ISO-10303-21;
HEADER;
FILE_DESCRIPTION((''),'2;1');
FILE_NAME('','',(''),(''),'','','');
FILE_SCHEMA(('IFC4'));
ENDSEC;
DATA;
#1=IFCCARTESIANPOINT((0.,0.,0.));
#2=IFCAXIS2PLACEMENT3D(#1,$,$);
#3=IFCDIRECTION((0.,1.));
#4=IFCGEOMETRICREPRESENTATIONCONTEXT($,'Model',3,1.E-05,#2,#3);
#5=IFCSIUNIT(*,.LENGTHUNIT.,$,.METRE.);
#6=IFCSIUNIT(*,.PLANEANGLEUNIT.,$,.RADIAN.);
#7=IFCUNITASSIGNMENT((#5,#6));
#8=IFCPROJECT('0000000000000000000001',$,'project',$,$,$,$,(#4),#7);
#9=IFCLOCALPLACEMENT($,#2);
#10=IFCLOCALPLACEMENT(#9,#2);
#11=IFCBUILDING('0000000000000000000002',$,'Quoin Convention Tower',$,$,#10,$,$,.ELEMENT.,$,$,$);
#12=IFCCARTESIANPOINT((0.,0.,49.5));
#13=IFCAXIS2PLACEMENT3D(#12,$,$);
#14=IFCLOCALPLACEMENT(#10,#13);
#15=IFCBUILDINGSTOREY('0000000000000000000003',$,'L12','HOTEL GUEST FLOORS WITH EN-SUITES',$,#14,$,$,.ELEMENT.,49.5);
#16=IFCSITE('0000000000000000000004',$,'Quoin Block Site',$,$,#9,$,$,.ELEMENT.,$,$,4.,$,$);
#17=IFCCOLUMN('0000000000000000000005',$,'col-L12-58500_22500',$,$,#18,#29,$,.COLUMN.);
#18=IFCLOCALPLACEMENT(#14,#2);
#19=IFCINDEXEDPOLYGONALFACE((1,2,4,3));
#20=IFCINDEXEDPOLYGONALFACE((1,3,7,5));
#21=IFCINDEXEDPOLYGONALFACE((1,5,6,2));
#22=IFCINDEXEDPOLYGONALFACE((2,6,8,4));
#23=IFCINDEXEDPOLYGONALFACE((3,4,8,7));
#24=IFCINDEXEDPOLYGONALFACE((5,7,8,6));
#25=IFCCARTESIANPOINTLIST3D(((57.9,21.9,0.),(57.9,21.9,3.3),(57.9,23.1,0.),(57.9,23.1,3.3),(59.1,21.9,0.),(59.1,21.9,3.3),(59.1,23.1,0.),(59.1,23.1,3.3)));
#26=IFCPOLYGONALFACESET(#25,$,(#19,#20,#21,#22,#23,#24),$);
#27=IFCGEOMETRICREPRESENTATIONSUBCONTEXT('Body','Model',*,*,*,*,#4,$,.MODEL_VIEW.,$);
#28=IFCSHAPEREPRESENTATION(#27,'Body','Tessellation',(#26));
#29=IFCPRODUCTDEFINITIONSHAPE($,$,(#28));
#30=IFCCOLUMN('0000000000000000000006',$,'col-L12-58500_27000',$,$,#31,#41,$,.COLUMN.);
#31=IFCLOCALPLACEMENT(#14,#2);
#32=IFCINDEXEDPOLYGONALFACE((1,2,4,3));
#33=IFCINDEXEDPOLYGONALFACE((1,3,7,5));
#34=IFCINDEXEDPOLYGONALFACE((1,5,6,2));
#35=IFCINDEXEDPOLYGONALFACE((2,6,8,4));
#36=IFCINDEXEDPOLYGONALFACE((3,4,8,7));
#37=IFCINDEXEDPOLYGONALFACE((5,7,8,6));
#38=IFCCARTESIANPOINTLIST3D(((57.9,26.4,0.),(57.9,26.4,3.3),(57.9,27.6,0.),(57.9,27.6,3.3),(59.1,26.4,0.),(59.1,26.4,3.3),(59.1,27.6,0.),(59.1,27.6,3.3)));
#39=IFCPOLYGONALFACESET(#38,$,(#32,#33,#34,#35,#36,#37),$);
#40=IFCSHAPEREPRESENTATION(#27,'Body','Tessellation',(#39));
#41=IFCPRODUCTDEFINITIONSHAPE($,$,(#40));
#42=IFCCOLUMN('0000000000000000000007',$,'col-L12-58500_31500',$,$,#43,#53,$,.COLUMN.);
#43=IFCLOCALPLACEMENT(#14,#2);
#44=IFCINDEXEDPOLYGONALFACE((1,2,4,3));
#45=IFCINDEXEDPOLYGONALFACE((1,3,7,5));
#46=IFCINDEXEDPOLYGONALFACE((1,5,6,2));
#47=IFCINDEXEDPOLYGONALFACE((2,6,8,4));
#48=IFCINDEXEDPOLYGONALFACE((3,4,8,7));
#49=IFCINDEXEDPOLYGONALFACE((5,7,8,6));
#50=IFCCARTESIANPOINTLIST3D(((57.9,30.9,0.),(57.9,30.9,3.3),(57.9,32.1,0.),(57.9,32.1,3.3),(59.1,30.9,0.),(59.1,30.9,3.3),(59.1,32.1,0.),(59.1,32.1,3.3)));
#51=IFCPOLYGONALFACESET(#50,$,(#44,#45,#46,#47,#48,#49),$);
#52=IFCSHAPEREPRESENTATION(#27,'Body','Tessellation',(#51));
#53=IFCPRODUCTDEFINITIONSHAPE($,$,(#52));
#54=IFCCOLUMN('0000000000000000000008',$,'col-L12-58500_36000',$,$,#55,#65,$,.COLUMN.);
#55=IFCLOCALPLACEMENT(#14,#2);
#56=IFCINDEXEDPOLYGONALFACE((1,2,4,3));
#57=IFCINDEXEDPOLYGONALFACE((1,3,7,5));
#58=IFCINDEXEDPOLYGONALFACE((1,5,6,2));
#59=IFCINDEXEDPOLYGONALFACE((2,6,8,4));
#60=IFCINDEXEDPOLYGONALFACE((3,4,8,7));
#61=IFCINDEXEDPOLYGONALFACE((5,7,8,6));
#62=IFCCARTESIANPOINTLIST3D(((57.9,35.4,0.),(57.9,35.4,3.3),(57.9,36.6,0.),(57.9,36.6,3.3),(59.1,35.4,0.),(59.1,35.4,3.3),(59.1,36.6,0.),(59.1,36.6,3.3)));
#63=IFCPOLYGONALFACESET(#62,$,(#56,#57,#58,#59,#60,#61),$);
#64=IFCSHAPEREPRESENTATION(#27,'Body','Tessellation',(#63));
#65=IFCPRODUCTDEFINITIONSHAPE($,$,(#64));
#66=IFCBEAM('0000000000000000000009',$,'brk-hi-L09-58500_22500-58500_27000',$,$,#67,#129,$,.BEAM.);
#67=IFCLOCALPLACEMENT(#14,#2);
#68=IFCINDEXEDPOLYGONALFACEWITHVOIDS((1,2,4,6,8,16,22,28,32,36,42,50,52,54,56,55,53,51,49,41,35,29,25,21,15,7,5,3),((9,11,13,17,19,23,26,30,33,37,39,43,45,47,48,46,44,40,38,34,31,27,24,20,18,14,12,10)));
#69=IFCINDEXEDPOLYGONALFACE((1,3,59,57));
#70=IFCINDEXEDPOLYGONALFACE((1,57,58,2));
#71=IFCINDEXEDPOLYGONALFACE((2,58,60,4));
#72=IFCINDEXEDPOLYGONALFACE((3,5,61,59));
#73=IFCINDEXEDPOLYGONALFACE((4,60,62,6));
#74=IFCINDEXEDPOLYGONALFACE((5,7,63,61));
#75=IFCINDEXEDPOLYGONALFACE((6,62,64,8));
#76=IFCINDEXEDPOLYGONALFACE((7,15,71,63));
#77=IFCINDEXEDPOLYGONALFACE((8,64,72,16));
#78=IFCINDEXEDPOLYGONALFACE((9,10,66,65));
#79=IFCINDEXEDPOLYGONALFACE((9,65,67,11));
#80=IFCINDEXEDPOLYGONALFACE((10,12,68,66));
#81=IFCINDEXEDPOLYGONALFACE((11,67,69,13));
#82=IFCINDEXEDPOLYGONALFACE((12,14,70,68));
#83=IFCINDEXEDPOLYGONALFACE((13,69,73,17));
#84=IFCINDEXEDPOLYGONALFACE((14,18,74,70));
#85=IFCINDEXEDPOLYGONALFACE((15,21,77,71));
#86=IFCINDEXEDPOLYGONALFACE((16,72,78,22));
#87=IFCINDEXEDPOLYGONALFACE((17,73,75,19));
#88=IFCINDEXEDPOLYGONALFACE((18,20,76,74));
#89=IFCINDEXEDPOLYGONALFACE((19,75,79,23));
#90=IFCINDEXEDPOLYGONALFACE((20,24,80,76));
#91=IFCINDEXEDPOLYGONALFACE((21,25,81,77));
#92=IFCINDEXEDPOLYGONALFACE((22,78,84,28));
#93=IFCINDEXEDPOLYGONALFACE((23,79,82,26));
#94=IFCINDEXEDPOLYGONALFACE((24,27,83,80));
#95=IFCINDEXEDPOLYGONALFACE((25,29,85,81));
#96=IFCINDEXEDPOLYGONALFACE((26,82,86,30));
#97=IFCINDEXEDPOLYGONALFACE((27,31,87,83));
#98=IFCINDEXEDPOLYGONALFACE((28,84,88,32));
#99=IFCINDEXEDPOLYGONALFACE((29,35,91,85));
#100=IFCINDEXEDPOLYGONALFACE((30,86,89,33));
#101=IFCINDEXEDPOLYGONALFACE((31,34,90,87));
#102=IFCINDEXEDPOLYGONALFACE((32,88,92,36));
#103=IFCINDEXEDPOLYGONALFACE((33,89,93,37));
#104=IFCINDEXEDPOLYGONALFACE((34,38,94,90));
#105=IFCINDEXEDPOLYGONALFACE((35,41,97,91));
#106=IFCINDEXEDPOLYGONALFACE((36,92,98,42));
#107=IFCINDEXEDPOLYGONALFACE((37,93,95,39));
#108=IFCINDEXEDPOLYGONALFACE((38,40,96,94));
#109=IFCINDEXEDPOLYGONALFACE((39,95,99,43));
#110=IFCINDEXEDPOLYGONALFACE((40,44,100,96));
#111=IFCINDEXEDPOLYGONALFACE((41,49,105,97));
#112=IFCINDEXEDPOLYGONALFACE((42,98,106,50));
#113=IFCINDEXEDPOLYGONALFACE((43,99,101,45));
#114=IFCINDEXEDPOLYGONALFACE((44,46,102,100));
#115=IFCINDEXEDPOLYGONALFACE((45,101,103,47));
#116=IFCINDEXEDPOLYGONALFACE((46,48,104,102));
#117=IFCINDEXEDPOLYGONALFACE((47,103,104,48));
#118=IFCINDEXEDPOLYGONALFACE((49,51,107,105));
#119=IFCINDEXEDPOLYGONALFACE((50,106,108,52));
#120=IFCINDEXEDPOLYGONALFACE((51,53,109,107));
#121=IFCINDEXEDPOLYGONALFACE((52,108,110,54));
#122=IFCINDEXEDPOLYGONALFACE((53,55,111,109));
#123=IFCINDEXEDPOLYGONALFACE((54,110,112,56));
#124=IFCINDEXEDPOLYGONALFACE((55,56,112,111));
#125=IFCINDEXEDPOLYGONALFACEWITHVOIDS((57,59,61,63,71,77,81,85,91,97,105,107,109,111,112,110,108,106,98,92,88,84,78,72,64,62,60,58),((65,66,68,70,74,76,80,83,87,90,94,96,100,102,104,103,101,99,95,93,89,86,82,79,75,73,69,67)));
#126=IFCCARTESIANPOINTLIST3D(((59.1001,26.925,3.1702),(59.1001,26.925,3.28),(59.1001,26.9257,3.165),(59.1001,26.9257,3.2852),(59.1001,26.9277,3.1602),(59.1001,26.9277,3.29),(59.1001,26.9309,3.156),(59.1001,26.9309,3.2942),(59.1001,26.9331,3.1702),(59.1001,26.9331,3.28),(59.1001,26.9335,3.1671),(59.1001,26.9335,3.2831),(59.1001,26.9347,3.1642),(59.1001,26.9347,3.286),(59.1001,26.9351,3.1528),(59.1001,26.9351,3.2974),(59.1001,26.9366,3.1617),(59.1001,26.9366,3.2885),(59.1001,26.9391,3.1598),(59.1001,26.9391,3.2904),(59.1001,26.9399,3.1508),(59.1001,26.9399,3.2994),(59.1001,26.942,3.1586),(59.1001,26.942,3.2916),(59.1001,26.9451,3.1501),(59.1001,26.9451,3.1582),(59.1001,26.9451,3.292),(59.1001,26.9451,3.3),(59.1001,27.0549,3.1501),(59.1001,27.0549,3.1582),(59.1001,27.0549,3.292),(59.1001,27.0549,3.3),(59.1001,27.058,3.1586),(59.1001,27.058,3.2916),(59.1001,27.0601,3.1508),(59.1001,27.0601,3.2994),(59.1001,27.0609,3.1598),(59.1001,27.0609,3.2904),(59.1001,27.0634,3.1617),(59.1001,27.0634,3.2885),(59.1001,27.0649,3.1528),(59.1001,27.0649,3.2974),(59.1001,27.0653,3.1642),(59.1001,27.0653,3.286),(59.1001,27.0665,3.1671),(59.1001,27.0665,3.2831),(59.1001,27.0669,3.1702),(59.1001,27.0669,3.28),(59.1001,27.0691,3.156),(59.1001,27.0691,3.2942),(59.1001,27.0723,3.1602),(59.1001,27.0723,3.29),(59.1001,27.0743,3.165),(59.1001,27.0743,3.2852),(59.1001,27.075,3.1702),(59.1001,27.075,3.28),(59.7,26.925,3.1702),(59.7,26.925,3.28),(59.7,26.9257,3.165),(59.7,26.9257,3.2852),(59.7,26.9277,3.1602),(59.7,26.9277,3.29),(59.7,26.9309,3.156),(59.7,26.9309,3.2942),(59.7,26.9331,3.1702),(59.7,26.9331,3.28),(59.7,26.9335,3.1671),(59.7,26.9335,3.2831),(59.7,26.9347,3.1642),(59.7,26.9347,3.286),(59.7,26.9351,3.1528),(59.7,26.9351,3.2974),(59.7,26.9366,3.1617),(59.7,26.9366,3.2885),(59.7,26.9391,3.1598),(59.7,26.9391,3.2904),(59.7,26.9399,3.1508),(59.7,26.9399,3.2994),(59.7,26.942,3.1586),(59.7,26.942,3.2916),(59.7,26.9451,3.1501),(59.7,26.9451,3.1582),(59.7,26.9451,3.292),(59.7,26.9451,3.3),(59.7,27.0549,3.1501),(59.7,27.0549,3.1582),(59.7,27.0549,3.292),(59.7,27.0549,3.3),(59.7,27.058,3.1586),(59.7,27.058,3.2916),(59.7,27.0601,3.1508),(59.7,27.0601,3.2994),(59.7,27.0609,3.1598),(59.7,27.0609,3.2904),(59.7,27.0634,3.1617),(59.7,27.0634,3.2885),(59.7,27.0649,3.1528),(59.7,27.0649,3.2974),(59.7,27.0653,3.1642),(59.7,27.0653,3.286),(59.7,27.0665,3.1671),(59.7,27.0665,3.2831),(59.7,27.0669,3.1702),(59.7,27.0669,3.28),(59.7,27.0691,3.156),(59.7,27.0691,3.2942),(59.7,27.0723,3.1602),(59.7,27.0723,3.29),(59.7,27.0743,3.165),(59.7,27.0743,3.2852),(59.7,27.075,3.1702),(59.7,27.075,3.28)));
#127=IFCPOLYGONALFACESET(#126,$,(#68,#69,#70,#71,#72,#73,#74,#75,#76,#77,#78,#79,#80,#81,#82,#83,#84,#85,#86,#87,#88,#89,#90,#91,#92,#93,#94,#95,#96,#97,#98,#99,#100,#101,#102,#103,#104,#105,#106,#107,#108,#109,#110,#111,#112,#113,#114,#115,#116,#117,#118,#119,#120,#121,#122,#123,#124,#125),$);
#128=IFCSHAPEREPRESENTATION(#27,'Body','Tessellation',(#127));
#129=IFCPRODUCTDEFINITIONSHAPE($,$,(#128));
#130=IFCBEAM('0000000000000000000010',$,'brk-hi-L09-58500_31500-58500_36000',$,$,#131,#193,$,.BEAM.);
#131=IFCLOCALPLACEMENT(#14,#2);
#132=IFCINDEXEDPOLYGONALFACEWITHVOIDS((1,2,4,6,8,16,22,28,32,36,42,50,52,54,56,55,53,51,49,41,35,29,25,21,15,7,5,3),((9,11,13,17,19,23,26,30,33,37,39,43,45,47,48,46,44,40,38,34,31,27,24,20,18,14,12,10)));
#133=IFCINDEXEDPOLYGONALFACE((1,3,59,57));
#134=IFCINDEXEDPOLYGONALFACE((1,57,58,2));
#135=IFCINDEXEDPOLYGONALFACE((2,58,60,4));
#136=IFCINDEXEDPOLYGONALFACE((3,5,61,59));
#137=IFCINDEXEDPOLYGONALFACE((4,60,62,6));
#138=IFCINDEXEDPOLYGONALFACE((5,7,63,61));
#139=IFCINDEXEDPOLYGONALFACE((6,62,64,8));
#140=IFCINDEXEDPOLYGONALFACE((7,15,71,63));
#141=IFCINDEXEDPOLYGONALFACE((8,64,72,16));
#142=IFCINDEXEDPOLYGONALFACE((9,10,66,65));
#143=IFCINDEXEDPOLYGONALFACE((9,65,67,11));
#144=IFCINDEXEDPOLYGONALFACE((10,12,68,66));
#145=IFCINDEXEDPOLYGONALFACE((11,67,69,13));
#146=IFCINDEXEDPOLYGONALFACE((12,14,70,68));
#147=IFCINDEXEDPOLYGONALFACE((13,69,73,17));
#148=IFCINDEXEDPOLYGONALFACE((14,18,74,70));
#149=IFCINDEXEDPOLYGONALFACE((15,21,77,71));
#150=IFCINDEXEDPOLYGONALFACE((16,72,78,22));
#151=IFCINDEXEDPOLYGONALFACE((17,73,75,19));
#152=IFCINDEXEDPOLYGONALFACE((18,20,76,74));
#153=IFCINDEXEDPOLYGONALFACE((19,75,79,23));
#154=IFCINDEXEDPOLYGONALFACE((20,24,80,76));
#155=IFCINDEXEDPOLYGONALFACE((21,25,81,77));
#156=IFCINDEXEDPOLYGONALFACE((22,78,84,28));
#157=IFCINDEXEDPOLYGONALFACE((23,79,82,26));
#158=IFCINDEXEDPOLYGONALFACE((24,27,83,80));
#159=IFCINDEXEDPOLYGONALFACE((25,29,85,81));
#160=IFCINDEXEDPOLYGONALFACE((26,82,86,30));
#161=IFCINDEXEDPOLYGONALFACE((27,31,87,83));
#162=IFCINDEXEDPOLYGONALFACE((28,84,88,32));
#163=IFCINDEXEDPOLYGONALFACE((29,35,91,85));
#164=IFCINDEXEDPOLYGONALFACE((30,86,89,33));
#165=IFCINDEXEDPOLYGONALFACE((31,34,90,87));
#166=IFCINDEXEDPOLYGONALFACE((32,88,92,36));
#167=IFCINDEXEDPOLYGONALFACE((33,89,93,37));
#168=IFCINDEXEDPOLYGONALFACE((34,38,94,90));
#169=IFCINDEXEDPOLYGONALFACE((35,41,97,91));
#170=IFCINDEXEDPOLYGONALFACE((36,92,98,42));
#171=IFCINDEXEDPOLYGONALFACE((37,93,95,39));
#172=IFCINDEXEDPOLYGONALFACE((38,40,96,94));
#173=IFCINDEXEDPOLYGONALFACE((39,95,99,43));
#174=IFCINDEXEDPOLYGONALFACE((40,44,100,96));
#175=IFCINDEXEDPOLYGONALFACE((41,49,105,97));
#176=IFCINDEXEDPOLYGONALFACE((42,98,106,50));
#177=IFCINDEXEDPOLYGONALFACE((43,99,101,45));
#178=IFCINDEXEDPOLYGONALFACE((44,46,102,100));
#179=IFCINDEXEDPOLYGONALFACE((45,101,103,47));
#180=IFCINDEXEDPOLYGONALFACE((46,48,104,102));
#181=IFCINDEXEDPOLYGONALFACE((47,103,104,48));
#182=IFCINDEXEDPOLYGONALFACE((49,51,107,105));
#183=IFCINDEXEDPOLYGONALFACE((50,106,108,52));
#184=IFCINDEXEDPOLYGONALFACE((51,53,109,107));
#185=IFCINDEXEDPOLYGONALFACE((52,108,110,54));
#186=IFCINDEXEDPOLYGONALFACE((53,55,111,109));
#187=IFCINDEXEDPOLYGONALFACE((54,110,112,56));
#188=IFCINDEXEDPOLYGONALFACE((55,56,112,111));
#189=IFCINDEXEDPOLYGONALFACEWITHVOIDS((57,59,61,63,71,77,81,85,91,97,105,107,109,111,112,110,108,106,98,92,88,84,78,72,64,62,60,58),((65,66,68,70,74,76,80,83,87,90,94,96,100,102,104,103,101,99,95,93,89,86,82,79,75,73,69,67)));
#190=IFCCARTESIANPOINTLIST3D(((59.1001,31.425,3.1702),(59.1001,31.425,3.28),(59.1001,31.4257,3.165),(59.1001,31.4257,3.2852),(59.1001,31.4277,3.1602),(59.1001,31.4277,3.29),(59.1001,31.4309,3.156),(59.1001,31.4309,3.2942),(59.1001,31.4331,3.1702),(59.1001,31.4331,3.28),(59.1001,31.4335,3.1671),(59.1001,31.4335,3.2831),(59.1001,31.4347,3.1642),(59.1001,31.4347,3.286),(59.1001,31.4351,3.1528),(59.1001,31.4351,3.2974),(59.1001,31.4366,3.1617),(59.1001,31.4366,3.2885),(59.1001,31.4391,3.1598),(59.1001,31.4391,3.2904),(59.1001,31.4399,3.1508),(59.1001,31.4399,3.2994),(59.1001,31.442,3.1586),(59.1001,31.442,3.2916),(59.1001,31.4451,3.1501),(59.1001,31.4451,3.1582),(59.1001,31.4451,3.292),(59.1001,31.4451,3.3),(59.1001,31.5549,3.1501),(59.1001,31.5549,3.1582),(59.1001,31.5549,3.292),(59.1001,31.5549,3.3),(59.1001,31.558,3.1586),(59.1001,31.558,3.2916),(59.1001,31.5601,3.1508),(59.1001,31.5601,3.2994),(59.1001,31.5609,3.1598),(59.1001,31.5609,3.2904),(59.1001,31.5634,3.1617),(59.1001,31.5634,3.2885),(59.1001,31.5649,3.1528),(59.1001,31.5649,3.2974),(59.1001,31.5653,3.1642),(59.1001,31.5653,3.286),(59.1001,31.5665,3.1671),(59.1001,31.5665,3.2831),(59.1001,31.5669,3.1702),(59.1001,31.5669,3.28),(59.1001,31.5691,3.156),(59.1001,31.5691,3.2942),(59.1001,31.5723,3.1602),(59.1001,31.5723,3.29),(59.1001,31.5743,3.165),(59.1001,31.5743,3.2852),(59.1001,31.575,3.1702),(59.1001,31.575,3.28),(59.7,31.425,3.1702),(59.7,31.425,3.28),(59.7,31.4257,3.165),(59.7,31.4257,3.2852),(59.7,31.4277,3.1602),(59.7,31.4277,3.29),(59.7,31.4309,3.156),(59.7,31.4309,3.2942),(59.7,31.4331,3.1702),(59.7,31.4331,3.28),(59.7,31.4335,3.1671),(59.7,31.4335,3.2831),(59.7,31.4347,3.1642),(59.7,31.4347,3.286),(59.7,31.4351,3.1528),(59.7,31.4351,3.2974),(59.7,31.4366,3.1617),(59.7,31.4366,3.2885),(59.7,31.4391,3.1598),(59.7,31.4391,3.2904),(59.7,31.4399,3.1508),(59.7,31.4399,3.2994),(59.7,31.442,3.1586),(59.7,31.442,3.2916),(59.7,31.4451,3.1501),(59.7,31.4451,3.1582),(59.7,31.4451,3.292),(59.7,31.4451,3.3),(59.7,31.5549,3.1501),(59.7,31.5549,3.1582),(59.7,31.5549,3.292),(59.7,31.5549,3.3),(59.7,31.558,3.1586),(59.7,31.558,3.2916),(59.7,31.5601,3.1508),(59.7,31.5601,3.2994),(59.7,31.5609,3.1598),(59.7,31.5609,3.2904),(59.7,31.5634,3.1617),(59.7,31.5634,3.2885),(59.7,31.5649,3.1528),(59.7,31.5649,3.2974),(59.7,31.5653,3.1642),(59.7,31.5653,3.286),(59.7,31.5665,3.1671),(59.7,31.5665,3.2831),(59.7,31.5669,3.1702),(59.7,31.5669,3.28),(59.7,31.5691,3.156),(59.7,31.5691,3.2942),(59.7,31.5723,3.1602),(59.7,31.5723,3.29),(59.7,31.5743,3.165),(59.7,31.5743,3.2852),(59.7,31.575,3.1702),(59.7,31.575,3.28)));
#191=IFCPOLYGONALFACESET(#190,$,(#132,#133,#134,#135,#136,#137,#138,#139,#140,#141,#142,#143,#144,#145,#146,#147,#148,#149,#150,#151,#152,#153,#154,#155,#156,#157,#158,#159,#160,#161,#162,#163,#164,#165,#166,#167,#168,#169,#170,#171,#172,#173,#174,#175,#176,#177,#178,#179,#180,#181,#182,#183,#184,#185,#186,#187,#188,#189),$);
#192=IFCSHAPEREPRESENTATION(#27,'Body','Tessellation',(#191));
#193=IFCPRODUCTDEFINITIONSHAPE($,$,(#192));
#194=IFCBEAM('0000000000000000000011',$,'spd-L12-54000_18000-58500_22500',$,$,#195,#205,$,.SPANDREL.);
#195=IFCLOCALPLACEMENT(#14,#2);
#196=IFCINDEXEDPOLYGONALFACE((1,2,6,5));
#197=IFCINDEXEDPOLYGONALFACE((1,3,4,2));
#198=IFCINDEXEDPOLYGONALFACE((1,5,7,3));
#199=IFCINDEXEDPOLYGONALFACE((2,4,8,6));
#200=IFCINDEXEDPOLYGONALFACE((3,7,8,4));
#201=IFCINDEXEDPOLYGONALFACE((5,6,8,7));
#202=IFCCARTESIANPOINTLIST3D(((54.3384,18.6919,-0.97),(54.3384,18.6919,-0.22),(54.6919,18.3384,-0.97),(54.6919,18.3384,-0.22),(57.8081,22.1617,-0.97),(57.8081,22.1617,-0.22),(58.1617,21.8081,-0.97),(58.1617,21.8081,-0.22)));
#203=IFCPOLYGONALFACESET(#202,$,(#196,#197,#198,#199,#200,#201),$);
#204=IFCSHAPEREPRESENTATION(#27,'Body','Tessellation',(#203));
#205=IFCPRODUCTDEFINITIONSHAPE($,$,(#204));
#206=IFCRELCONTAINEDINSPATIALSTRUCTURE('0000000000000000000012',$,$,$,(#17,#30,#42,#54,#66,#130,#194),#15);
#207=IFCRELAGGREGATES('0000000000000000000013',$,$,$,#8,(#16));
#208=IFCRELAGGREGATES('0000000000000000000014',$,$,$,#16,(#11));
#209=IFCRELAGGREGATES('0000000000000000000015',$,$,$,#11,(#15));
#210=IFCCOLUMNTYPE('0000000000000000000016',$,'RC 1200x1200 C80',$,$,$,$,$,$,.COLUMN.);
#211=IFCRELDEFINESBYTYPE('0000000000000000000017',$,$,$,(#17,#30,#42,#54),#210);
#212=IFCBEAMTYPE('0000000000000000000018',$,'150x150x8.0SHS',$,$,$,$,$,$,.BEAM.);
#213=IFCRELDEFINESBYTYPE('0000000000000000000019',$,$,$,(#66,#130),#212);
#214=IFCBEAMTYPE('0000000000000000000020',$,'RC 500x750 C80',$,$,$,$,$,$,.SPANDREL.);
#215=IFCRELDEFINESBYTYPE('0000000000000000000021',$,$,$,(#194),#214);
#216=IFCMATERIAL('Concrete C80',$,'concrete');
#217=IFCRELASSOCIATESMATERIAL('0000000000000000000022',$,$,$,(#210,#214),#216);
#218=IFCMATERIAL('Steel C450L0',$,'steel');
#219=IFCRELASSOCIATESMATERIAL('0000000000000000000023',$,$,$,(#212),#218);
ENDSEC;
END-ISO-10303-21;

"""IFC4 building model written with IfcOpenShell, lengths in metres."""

from ifc_helpers import new_model, si_unit, direction, frame, origin, origin_2d, place, context, subcontext, project, spatial, rectangle, hollow_rectangle, extrude, material, material_profile, profile_set, type_object, element, save


model = new_model("IFC4")

# Units and contexts
model_context = context("Model", 3, precision=1e-05, world=origin(), true_north=direction((0.0, 1.0)))
body_context = subcontext(model_context, "Body", "Model", "MODEL_VIEW")
ifc_project = project(units=[si_unit("LENGTHUNIT", "METRE"), si_unit("PLANEANGLEUNIT", "RADIAN")], contexts=[model_context])

# Site, building, storey
site_placement = place(None, origin())
site = spatial("IfcSite", under=ifc_project, at=site_placement, Name="Quoin Block Site", CompositionType="ELEMENT", RefElevation=4.0)
building_placement = place(site_placement, origin())
building = spatial("IfcBuilding", under=site, at=building_placement, Name="Quoin Convention Tower", CompositionType="ELEMENT")
storey_placement = place(building_placement, frame((0.0, 0.0, 49.5)))
storey = spatial("IfcBuildingStorey", under=building, at=storey_placement, Name="L12", Description="HOTEL GUEST FLOORS WITH EN-SUITES", CompositionType="ELEMENT", Elevation=49.5)

# Columns
ifc_material_1 = material(Name="Concrete C80", Category="concrete")
ifc_material_profile_1 = material_profile(ifc_material_1, rectangle(XDim=1.2, YDim=1.2, at=origin_2d()), Name="RC 1200x1200")
ifc_profile_set_1 = profile_set([ifc_material_profile_1], Name="Concrete C80")
column_type = type_object("IfcColumnType", Name="RC 1200x1200 C80", PredefinedType="COLUMN", material=ifc_profile_set_1)
for number, where, z_axis, x_axis, name in (
    (1, (58.5, 22.5, 0.0), (0.0, 0.0, 1.0), (1.0, 0.0, 0.0), "col-L12-58500_22500"),
    (2, (58.5, 27.0, 0.0), (0.0, 0.0, 1.0), (1.0, 0.0, 0.0), "col-L12-58500_27000"),
    (3, (58.5, 31.5, 0.0), (0.0, 0.0, 1.0), (1.0, 0.0, 0.0), "col-L12-58500_31500"),
    (4, (58.5, 36.0, 0.0), (0.0, 0.0, 1.0), (1.0, 0.0, 0.0), "col-L12-58500_36000"),
):
    element("IfcColumn", number, at=place(storey_placement, frame(where, z_axis=z_axis, x_axis=x_axis)), inside=storey, type_object=column_type, Name=name, PredefinedType="COLUMN", context=body_context, shape_type="SweptSolid", body=[
        extrude(rectangle(XDim=1.2, YDim=1.2, at=origin_2d()), origin(), (0.0, 0.0, 1.0), 3.3),
    ])

# Beams
ifc_material_2 = material(Name="Steel C450L0", Category="steel")
ifc_material_profile_2 = material_profile(ifc_material_2, hollow_rectangle(XDim=0.1499, YDim=0.1499, WallThickness=0.0081, InnerFilletRadius=0.012, OuterFilletRadius=0.02, at=origin_2d()), Name="150x150x8.0SHS")
ifc_profile_set_2 = profile_set([ifc_material_profile_2], Name="Steel C450L0")
beam_type_1 = type_object("IfcBeamType", Name="150x150x8.0SHS", PredefinedType="BEAM", material=ifc_profile_set_2)
for number, where, z_axis, x_axis, name in (
    (5, (59.1001, 27.0, 3.2251), (1.0, 0.0, 0.0), (0.0, 1.0, 0.0), "brk-hi-L09-58500_22500-58500_27000"),
    (6, (59.1001, 31.5, 3.2251), (1.0, 0.0, 0.0), (0.0, 1.0, 0.0), "brk-hi-L09-58500_31500-58500_36000"),
):
    element("IfcBeam", number, at=place(storey_placement, frame(where, z_axis=z_axis, x_axis=x_axis)), inside=storey, type_object=beam_type_1, Name=name, PredefinedType="BEAM", context=body_context, shape_type="SweptSolid", body=[
        extrude(hollow_rectangle(XDim=0.1499, YDim=0.1499, WallThickness=0.0081, InnerFilletRadius=0.012, OuterFilletRadius=0.02, at=origin_2d()), origin(), (0.0, 0.0, 1.0), 0.5999),
    ])
ifc_material_profile_3 = material_profile(ifc_material_1, rectangle(XDim=0.5, YDim=0.75, at=origin_2d()), Name="RC 500x750")
ifc_profile_set_3 = profile_set([ifc_material_profile_3], Name="Concrete C80")
beam_type_2 = type_object("IfcBeamType", Name="RC 500x750 C80", PredefinedType="SPANDREL", material=ifc_profile_set_3)
beam_placement = place(storey_placement, frame((54.5151, 18.5151, -0.595), z_axis=(0.707107, 0.707107, 0.0), x_axis=(-0.707107, 0.707107, 0.0)))
element("IfcBeam", 7, at=beam_placement, inside=storey, type_object=beam_type_2, Name="spd-L12-54000_18000-58500_22500", PredefinedType="SPANDREL", context=body_context, shape_type="SweptSolid", body=[
    extrude(rectangle(XDim=0.5, YDim=0.75, at=origin_2d()), origin(), (0.0, 0.0, 1.0), 4.907),
])

save(model, "model.ifc")
